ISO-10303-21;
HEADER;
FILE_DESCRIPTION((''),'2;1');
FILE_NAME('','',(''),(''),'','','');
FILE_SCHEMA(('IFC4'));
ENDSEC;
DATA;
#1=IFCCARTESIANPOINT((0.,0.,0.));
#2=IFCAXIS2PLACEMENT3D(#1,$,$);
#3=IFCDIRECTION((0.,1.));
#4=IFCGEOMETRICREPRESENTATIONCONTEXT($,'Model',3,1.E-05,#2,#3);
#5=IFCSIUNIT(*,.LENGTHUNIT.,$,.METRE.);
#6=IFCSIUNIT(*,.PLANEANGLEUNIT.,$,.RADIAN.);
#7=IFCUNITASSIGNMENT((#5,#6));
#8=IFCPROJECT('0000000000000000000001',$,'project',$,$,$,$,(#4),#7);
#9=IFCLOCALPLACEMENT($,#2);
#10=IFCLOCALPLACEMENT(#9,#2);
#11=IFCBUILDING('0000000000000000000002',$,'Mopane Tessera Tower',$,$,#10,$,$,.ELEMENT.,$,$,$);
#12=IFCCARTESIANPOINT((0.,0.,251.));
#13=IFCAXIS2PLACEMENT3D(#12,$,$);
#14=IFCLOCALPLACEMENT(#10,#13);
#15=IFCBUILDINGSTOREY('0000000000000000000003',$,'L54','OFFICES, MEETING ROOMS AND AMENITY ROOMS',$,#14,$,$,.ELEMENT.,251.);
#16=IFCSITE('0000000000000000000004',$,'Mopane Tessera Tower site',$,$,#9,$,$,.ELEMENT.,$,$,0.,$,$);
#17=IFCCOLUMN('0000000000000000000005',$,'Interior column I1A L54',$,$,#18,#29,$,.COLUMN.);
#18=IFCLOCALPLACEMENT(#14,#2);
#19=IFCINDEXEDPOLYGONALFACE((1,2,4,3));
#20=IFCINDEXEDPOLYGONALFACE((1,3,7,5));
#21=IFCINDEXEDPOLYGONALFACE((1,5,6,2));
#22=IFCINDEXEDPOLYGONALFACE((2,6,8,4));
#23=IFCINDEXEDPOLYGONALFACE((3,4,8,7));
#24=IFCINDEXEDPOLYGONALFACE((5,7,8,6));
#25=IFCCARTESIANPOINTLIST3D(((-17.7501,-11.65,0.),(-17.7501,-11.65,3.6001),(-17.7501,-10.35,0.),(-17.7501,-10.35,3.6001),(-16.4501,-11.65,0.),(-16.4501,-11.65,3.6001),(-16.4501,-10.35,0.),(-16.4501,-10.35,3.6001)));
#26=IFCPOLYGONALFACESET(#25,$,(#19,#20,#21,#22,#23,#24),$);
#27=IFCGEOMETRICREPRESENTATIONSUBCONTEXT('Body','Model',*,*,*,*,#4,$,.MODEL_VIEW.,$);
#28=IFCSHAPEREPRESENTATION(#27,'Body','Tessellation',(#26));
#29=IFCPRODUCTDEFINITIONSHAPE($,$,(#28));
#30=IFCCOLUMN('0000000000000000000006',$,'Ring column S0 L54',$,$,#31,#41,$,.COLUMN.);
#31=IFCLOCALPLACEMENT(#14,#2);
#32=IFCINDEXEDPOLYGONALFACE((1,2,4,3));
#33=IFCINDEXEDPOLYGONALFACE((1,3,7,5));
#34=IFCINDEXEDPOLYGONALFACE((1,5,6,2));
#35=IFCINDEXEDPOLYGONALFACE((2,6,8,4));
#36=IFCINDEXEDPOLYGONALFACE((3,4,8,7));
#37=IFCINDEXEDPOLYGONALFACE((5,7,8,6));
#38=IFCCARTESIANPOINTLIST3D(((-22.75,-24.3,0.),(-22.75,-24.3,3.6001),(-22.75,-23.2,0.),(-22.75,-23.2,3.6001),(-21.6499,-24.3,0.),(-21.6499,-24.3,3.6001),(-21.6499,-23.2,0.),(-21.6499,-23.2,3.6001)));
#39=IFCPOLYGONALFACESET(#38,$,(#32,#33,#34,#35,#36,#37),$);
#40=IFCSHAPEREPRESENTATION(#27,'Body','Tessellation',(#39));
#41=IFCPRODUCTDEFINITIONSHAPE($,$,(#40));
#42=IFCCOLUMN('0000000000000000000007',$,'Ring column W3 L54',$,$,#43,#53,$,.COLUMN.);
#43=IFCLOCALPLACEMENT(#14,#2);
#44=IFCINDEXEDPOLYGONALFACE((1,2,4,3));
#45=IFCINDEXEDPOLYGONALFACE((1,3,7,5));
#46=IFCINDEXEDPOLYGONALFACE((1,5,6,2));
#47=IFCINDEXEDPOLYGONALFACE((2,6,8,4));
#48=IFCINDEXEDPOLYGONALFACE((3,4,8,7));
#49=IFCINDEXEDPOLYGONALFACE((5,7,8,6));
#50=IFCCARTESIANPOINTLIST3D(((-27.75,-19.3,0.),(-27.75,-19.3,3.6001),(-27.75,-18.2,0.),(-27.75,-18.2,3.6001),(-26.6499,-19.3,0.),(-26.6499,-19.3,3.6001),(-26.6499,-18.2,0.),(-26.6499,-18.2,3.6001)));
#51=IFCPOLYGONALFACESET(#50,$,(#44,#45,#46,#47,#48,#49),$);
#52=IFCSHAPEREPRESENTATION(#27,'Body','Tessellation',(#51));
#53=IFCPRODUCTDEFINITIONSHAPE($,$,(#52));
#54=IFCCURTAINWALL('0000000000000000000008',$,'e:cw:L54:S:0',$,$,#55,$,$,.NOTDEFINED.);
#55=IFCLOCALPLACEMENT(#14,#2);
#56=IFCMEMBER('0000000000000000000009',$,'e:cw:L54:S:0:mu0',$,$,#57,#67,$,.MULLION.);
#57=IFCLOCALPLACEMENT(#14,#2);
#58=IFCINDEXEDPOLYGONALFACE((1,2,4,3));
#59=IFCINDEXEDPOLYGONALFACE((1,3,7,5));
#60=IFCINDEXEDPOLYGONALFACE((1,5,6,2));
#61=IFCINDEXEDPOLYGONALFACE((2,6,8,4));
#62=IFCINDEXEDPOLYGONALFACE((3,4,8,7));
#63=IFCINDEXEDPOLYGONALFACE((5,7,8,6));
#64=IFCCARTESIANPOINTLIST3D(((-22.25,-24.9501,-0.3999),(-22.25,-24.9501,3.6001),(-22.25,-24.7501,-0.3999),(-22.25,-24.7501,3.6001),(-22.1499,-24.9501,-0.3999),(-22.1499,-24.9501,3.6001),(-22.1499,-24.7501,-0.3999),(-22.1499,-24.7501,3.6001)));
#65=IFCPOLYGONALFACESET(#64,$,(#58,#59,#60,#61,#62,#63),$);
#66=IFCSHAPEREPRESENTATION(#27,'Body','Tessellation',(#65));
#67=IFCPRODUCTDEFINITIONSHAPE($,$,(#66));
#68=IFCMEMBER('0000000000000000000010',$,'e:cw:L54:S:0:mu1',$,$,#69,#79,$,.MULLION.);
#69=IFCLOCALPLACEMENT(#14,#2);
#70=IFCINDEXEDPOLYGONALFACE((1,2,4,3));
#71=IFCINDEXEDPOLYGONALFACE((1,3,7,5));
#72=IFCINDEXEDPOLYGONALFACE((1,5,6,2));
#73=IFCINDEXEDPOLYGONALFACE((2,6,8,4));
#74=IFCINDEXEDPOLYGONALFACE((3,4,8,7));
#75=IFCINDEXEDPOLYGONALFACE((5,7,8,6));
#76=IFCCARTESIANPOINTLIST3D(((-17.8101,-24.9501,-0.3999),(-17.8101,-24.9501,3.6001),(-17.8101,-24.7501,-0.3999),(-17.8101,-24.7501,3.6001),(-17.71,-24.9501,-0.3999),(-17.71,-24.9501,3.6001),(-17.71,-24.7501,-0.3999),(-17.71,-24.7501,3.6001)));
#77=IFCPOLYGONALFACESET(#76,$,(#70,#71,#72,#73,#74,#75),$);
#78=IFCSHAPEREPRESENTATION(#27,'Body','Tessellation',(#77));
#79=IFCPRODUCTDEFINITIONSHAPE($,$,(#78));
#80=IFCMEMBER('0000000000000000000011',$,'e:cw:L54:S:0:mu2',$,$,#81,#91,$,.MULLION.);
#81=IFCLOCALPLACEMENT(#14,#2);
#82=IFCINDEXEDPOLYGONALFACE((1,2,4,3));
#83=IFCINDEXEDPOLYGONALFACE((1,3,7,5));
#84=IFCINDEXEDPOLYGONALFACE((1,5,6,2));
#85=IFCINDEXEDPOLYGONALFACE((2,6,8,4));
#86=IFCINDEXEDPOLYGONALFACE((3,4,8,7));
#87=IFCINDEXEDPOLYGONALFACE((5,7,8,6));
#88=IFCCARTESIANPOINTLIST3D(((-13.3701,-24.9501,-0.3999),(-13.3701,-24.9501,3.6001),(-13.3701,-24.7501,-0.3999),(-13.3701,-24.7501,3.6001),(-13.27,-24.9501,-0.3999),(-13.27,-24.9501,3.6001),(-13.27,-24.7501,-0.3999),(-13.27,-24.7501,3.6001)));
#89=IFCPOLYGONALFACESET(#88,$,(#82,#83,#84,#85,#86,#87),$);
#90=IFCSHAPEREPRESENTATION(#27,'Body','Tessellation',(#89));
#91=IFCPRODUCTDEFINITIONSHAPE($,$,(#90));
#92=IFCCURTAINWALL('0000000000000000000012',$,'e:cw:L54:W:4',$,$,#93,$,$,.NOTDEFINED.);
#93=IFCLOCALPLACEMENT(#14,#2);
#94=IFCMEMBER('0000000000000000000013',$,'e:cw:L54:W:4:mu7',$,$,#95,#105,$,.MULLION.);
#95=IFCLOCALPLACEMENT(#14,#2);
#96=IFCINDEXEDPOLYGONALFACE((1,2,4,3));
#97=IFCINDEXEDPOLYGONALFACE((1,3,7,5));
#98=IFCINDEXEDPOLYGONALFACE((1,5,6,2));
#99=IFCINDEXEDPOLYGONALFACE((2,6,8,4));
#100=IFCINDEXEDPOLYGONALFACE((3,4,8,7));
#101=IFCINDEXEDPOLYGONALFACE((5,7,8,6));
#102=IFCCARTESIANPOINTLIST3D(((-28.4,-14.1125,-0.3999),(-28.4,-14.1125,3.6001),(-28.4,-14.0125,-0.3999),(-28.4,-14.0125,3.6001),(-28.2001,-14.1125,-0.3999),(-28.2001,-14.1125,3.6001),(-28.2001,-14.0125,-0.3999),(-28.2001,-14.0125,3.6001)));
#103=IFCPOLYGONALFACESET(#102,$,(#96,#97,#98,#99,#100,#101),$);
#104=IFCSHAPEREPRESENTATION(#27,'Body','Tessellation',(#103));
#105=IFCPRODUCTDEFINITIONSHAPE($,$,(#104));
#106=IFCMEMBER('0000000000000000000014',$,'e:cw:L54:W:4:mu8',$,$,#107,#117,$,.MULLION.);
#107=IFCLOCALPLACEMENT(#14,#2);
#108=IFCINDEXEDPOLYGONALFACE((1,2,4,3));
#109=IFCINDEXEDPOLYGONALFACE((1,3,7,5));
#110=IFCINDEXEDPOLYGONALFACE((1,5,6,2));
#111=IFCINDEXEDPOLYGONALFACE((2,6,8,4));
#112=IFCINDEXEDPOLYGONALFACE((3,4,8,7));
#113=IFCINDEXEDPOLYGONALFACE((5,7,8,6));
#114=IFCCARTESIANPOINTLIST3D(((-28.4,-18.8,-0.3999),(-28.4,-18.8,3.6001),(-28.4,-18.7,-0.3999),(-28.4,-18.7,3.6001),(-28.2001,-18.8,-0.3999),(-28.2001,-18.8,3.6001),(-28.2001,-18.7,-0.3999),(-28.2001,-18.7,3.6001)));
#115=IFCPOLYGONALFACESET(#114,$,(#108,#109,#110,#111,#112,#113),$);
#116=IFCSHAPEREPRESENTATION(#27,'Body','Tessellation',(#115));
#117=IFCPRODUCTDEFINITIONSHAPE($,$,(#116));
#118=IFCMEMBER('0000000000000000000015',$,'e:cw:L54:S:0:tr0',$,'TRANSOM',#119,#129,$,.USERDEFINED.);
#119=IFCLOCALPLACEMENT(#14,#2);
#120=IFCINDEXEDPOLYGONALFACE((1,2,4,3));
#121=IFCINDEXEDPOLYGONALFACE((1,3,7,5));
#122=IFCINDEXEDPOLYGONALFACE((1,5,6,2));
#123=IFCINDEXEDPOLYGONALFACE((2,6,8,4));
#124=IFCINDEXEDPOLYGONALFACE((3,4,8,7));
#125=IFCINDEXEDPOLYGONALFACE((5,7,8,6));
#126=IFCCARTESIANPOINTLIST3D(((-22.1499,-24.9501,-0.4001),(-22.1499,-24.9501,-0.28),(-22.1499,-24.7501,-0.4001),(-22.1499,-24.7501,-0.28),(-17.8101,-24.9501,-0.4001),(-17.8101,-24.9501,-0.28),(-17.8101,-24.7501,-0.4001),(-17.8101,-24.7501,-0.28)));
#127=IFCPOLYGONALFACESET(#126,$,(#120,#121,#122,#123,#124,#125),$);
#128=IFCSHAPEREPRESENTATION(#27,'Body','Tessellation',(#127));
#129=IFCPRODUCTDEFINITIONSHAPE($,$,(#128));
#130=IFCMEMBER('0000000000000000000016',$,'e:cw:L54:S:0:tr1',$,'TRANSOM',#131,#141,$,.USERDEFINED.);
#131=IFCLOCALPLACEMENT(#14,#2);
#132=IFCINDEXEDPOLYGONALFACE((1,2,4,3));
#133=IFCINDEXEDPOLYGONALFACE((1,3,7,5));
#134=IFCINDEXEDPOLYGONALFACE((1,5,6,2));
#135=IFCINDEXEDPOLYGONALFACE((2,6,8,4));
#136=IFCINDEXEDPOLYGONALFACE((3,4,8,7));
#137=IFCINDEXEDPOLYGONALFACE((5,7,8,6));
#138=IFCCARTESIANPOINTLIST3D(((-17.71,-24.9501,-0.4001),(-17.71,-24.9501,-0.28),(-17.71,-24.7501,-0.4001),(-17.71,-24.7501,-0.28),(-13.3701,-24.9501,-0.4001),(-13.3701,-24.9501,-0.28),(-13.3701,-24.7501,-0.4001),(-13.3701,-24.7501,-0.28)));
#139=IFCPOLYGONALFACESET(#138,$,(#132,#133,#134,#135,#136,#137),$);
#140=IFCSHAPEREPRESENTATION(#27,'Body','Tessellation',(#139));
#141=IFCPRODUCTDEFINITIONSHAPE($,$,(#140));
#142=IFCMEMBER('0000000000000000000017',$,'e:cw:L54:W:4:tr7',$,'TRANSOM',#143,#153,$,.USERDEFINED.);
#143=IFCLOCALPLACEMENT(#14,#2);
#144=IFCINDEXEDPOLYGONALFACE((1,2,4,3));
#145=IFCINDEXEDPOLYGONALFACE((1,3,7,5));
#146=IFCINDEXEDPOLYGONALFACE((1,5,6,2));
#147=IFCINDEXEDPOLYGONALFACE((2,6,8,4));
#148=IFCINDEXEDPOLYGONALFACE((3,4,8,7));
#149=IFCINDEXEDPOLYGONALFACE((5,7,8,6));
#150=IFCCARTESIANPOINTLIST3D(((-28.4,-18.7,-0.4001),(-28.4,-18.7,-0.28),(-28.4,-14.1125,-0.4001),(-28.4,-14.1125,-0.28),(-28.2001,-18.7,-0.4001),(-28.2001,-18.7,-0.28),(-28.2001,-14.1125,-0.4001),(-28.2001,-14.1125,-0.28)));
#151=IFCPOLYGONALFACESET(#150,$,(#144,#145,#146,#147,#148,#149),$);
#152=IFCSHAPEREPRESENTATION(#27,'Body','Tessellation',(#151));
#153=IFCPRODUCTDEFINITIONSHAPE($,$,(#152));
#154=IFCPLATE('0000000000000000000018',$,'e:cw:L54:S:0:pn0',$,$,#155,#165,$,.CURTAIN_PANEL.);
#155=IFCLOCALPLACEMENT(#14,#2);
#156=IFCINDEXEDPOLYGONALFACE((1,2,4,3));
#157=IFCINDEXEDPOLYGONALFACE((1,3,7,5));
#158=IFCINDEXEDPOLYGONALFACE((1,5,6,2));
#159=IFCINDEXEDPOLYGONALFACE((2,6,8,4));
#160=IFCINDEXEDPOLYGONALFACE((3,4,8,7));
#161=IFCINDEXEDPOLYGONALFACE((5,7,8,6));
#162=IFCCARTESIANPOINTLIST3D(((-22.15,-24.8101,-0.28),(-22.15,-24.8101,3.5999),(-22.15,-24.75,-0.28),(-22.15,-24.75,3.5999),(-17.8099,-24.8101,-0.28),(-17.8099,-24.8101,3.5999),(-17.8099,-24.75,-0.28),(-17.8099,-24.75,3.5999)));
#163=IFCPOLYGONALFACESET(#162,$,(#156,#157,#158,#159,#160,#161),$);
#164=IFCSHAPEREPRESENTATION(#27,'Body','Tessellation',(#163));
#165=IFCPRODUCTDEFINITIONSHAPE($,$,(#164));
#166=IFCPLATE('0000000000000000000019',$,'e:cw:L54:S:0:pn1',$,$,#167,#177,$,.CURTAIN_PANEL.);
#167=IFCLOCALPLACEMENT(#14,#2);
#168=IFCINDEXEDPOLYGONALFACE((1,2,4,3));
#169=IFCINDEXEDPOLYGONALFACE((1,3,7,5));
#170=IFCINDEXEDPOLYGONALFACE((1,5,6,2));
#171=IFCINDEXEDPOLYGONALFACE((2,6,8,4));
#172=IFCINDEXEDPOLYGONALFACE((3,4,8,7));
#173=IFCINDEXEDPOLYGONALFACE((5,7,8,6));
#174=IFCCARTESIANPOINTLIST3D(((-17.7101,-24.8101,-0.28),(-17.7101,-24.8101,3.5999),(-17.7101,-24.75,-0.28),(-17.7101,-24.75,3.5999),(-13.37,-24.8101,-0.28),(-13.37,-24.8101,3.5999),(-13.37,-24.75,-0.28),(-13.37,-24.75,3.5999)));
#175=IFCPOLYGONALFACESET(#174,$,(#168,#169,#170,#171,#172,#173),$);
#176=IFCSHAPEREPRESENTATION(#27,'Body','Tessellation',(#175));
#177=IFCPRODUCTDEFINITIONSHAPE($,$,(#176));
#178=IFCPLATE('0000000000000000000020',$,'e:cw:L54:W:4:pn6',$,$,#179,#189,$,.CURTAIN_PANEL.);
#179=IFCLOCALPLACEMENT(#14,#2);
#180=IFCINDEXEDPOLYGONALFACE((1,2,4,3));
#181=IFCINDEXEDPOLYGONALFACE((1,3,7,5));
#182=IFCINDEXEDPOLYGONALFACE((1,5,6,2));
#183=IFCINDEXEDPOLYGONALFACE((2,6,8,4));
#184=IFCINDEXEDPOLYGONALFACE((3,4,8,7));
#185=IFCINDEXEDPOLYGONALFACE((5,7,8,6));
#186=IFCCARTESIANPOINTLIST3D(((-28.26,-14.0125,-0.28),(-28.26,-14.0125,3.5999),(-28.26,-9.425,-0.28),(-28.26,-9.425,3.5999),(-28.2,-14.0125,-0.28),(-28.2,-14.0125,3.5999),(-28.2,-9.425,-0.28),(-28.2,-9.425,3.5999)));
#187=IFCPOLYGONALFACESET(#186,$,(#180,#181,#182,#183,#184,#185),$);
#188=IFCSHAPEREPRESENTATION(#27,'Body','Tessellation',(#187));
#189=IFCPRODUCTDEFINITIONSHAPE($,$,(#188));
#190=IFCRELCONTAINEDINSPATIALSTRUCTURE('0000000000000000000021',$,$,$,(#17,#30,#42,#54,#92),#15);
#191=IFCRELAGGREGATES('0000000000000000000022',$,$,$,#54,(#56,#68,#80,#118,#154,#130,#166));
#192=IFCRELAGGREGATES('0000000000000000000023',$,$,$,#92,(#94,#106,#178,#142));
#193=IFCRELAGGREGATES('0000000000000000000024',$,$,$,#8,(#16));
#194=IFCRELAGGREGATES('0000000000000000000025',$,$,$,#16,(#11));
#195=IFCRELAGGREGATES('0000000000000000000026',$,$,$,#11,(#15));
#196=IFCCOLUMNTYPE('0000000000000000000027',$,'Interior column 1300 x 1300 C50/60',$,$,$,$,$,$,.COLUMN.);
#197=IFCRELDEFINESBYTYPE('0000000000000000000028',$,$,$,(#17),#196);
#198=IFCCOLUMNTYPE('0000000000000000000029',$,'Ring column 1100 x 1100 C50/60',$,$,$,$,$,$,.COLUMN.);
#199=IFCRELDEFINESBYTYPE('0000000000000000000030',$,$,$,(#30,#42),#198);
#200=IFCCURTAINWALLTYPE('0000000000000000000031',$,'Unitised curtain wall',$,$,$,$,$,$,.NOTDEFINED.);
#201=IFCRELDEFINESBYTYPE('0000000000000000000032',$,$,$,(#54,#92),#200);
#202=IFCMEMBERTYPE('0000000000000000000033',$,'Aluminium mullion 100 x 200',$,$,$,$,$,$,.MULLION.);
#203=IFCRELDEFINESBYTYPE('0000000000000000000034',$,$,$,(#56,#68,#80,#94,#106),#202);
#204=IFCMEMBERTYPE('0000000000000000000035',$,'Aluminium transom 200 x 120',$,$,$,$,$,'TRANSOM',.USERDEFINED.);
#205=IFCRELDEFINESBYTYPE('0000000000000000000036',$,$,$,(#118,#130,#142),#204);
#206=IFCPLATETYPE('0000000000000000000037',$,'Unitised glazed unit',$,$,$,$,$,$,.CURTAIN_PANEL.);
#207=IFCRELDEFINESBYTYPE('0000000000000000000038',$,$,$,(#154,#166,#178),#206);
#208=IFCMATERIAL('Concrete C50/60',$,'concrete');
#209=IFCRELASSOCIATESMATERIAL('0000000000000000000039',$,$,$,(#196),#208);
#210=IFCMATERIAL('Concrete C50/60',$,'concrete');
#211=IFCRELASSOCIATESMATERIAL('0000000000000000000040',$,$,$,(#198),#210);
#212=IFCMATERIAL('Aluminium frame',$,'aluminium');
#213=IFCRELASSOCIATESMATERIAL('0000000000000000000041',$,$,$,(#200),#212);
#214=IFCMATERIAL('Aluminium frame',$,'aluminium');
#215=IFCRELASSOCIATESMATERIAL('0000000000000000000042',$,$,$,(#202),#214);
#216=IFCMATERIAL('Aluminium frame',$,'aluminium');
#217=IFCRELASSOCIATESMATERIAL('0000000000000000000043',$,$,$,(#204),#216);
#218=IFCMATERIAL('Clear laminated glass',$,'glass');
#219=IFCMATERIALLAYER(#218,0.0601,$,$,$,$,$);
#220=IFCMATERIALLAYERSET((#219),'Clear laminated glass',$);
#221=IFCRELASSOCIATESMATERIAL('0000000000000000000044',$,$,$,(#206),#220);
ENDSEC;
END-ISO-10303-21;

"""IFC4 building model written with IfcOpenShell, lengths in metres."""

from ifc_helpers import new_model, si_unit, direction, frame, origin, origin_2d, place, context, subcontext, project, spatial, rectangle, extrude, material, layer, layer_set, material_profile, profile_set, type_object, element, aggregate, save


model = new_model("IFC4")

# Units and contexts
model_context = context("Model", 3, precision=1e-05, world=origin(), true_north=direction((0.0, 1.0)))
body_context = subcontext(model_context, "Body", "Model", "MODEL_VIEW")
ifc_project = project(units=[si_unit("LENGTHUNIT", "METRE"), si_unit("PLANEANGLEUNIT", "RADIAN")], contexts=[model_context])

# Site, building, storey
site_placement = place(None, origin())
site = spatial("IfcSite", under=ifc_project, at=site_placement, Name="Mopane Tessera Tower site", CompositionType="ELEMENT", RefElevation=0.0)
building_placement = place(site_placement, origin())
building = spatial("IfcBuilding", under=site, at=building_placement, Name="Mopane Tessera Tower", CompositionType="ELEMENT")
storey_placement = place(building_placement, frame((0.0, 0.0, 251.0)))
storey = spatial("IfcBuildingStorey", under=building, at=storey_placement, Name="L54", Description="OFFICES, MEETING ROOMS AND AMENITY ROOMS", CompositionType="ELEMENT", Elevation=251.0)

# Columns
ifc_material_1 = material(Name="Concrete C50/60", Category="concrete")
ifc_material_profile_1 = material_profile(ifc_material_1, rectangle(XDim=1.3, YDim=1.3, at=origin_2d()))
ifc_profile_set_1 = profile_set([ifc_material_profile_1], Name="Concrete C50/60")
column_type_1 = type_object("IfcColumnType", Name="Interior column 1300 x 1300 C50/60", PredefinedType="COLUMN", material=ifc_profile_set_1)
column_placement = place(storey_placement, frame((-17.1001, -11.0, 0.0), z_axis=(0.0, 0.0, 1.0), x_axis=(1.0, 0.0, 0.0)))
element("IfcColumn", 1, at=column_placement, inside=storey, type_object=column_type_1, Name="Interior column I1A L54", PredefinedType="COLUMN", context=body_context, shape_type="SweptSolid", body=[
    extrude(rectangle(XDim=1.3, YDim=1.3, at=origin_2d()), origin(), (0.0, 0.0, 1.0), 3.6001),
])
ifc_material_2 = material(Name="Concrete C50/60", Category="concrete")
ifc_material_profile_2 = material_profile(ifc_material_2, rectangle(XDim=1.1001, YDim=1.1001, at=origin_2d()))
ifc_profile_set_2 = profile_set([ifc_material_profile_2], Name="Concrete C50/60")
column_type_2 = type_object("IfcColumnType", Name="Ring column 1100 x 1100 C50/60", PredefinedType="COLUMN", material=ifc_profile_set_2)
for number, where, z_axis, x_axis, name in (
    (2, (-22.2, -23.75, 0.0), (0.0, 0.0, 1.0), (1.0, 0.0, 0.0), "Ring column S0 L54"),
    (3, (-27.2, -18.75, 0.0), (0.0, 0.0, 1.0), (1.0, 0.0, 0.0), "Ring column W3 L54"),
):
    element("IfcColumn", number, at=place(storey_placement, frame(where, z_axis=z_axis, x_axis=x_axis)), inside=storey, type_object=column_type_2, Name=name, PredefinedType="COLUMN", context=body_context, shape_type="SweptSolid", body=[
        extrude(rectangle(XDim=1.1001, YDim=1.1001, at=origin_2d()), origin(), (0.0, 0.0, 1.0), 3.6001),
    ])

# Curtain walls, members
ifc_material_3 = material(Name="Aluminium frame", Category="aluminium")
curtain_wall_type = type_object("IfcCurtainWallType", Name="Unitised curtain wall", PredefinedType="NOTDEFINED", material=ifc_material_3)
curtain_wall_1_placement = place(storey_placement, origin())
curtain_wall_1 = element("IfcCurtainWall", 4, at=curtain_wall_1_placement, inside=storey, type_object=curtain_wall_type, Name="e:cw:L54:S:0", PredefinedType="NOTDEFINED")
ifc_material_4 = material(Name="Aluminium frame", Category="aluminium")
ifc_material_profile_3 = material_profile(ifc_material_4, rectangle(XDim=0.1001, YDim=0.2, at=origin_2d()))
ifc_profile_set_3 = profile_set([ifc_material_profile_3], Name="Aluminium frame")
member_type_1 = type_object("IfcMemberType", Name="Aluminium mullion 100 x 200", PredefinedType="MULLION", material=ifc_profile_set_3)
member_1_placement = place(storey_placement, frame((-22.2, -24.8501, -0.3999), z_axis=(0.0, 0.0, 1.0), x_axis=(1.0, 0.0, 0.0)))
member_1 = element("IfcMember", 5, at=member_1_placement, type_object=member_type_1, Name="e:cw:L54:S:0:mu0", PredefinedType="MULLION", context=body_context, shape_type="SweptSolid", body=[
    extrude(rectangle(XDim=0.1001, YDim=0.2, at=origin_2d()), origin(), (0.0, 0.0, 1.0), 4.0),
])
member_2_placement = place(storey_placement, frame((-17.76, -24.8501, -0.3999), z_axis=(0.0, 0.0, 1.0), x_axis=(1.0, 0.0, 0.0)))
member_2 = element("IfcMember", 6, at=member_2_placement, type_object=member_type_1, Name="e:cw:L54:S:0:mu1", PredefinedType="MULLION", context=body_context, shape_type="SweptSolid", body=[
    extrude(rectangle(XDim=0.1001, YDim=0.2, at=origin_2d()), origin(), (0.0, 0.0, 1.0), 4.0),
])
member_3_placement = place(storey_placement, frame((-13.3201, -24.8501, -0.3999), z_axis=(0.0, 0.0, 1.0), x_axis=(1.0, 0.0, 0.0)))
member_3 = element("IfcMember", 7, at=member_3_placement, type_object=member_type_1, Name="e:cw:L54:S:0:mu2", PredefinedType="MULLION", context=body_context, shape_type="SweptSolid", body=[
    extrude(rectangle(XDim=0.1001, YDim=0.2, at=origin_2d()), origin(), (0.0, 0.0, 1.0), 4.0),
])
curtain_wall_2_placement = place(storey_placement, origin())
curtain_wall_2 = element("IfcCurtainWall", 8, at=curtain_wall_2_placement, inside=storey, type_object=curtain_wall_type, Name="e:cw:L54:W:4", PredefinedType="NOTDEFINED")
member_4_placement = place(storey_placement, frame((-28.3, -14.0625, -0.3999), z_axis=(0.0, 0.0, 1.0), x_axis=(0.0, -1.0, 0.0)))
member_4 = element("IfcMember", 9, at=member_4_placement, type_object=member_type_1, Name="e:cw:L54:W:4:mu7", PredefinedType="MULLION", context=body_context, shape_type="SweptSolid", body=[
    extrude(rectangle(XDim=0.1001, YDim=0.2, at=origin_2d()), origin(), (0.0, 0.0, 1.0), 4.0),
])
member_5_placement = place(storey_placement, frame((-28.3, -18.75, -0.3999), z_axis=(0.0, 0.0, 1.0), x_axis=(0.0, -1.0, 0.0)))
member_5 = element("IfcMember", 10, at=member_5_placement, type_object=member_type_1, Name="e:cw:L54:W:4:mu8", PredefinedType="MULLION", context=body_context, shape_type="SweptSolid", body=[
    extrude(rectangle(XDim=0.1001, YDim=0.2, at=origin_2d()), origin(), (0.0, 0.0, 1.0), 4.0),
])

# Members
ifc_material_5 = material(Name="Aluminium frame", Category="aluminium")
ifc_material_profile_4 = material_profile(ifc_material_5, rectangle(XDim=0.2, YDim=0.1201, at=origin_2d()))
ifc_profile_set_4 = profile_set([ifc_material_profile_4], Name="Aluminium frame")
member_type_2 = type_object("IfcMemberType", Name="Aluminium transom 200 x 120", ElementType="TRANSOM", PredefinedType="USERDEFINED", material=ifc_profile_set_4)
member_6_placement = place(storey_placement, frame((-22.1499, -24.8501, -0.3401), z_axis=(1.0, 0.0, 0.0), x_axis=(0.0, 1.0, 0.0)))
member_6 = element("IfcMember", 11, at=member_6_placement, type_object=member_type_2, Name="e:cw:L54:S:0:tr0", ObjectType="TRANSOM", PredefinedType="USERDEFINED", context=body_context, shape_type="SweptSolid", body=[
    extrude(rectangle(XDim=0.2, YDim=0.1201, at=origin_2d()), origin(), (0.0, 0.0, 1.0), 4.3398),
])
member_7_placement = place(storey_placement, frame((-17.71, -24.8501, -0.3401), z_axis=(1.0, 0.0, 0.0), x_axis=(0.0, 1.0, 0.0)))
member_7 = element("IfcMember", 12, at=member_7_placement, type_object=member_type_2, Name="e:cw:L54:S:0:tr1", ObjectType="TRANSOM", PredefinedType="USERDEFINED", context=body_context, shape_type="SweptSolid", body=[
    extrude(rectangle(XDim=0.2, YDim=0.1201, at=origin_2d()), origin(), (0.0, 0.0, 1.0), 4.3398),
])
member_8_placement = place(storey_placement, frame((-28.3, -14.1125, -0.3401), z_axis=(0.0, -1.0, 0.0), x_axis=(1.0, 0.0, 0.0)))
member_8 = element("IfcMember", 13, at=member_8_placement, type_object=member_type_2, Name="e:cw:L54:W:4:tr7", ObjectType="TRANSOM", PredefinedType="USERDEFINED", context=body_context, shape_type="SweptSolid", body=[
    extrude(rectangle(XDim=0.2, YDim=0.1201, at=origin_2d()), origin(), (0.0, 0.0, 1.0), 4.5874),
])

# Plates
ifc_material_6 = material(Name="Clear laminated glass", Category="glass")
ifc_layer = layer(ifc_material_6, 0.0601)
ifc_layer_set = layer_set([ifc_layer], Name="Clear laminated glass")
plate_type = type_object("IfcPlateType", Name="Unitised glazed unit", PredefinedType="CURTAIN_PANEL", material=ifc_layer_set)
plate_1_placement = place(storey_placement, frame((-19.98, -24.78, -0.28), z_axis=(0.0, 0.0, 1.0), x_axis=(1.0, 0.0, 0.0)))
plate_1 = element("IfcPlate", 14, at=plate_1_placement, type_object=plate_type, Name="e:cw:L54:S:0:pn0", PredefinedType="CURTAIN_PANEL", context=body_context, shape_type="SweptSolid", body=[
    extrude(rectangle(XDim=4.3401, YDim=0.0601, at=origin_2d()), origin(), (0.0, 0.0, 1.0), 3.8799),
])
plate_2_placement = place(storey_placement, frame((-15.54, -24.78, -0.28), z_axis=(0.0, 0.0, 1.0), x_axis=(1.0, 0.0, 0.0)))
plate_2 = element("IfcPlate", 15, at=plate_2_placement, type_object=plate_type, Name="e:cw:L54:S:0:pn1", PredefinedType="CURTAIN_PANEL", context=body_context, shape_type="SweptSolid", body=[
    extrude(rectangle(XDim=4.3401, YDim=0.0601, at=origin_2d()), origin(), (0.0, 0.0, 1.0), 3.8799),
])
aggregate(curtain_wall_1, [member_1, member_2, member_3, member_6, plate_1, member_7, plate_2])
plate_3_placement = place(storey_placement, frame((-28.23, -11.7188, -0.28), z_axis=(0.0, 0.0, 1.0), x_axis=(0.0, -1.0, 0.0)))
plate_3 = element("IfcPlate", 16, at=plate_3_placement, type_object=plate_type, Name="e:cw:L54:W:4:pn6", PredefinedType="CURTAIN_PANEL", context=body_context, shape_type="SweptSolid", body=[
    extrude(rectangle(XDim=4.5874, YDim=0.0601, at=origin_2d()), origin(), (0.0, 0.0, 1.0), 3.8799),
])
aggregate(curtain_wall_2, [member_4, member_5, plate_3, member_8])

save(model, "model.ifc")
